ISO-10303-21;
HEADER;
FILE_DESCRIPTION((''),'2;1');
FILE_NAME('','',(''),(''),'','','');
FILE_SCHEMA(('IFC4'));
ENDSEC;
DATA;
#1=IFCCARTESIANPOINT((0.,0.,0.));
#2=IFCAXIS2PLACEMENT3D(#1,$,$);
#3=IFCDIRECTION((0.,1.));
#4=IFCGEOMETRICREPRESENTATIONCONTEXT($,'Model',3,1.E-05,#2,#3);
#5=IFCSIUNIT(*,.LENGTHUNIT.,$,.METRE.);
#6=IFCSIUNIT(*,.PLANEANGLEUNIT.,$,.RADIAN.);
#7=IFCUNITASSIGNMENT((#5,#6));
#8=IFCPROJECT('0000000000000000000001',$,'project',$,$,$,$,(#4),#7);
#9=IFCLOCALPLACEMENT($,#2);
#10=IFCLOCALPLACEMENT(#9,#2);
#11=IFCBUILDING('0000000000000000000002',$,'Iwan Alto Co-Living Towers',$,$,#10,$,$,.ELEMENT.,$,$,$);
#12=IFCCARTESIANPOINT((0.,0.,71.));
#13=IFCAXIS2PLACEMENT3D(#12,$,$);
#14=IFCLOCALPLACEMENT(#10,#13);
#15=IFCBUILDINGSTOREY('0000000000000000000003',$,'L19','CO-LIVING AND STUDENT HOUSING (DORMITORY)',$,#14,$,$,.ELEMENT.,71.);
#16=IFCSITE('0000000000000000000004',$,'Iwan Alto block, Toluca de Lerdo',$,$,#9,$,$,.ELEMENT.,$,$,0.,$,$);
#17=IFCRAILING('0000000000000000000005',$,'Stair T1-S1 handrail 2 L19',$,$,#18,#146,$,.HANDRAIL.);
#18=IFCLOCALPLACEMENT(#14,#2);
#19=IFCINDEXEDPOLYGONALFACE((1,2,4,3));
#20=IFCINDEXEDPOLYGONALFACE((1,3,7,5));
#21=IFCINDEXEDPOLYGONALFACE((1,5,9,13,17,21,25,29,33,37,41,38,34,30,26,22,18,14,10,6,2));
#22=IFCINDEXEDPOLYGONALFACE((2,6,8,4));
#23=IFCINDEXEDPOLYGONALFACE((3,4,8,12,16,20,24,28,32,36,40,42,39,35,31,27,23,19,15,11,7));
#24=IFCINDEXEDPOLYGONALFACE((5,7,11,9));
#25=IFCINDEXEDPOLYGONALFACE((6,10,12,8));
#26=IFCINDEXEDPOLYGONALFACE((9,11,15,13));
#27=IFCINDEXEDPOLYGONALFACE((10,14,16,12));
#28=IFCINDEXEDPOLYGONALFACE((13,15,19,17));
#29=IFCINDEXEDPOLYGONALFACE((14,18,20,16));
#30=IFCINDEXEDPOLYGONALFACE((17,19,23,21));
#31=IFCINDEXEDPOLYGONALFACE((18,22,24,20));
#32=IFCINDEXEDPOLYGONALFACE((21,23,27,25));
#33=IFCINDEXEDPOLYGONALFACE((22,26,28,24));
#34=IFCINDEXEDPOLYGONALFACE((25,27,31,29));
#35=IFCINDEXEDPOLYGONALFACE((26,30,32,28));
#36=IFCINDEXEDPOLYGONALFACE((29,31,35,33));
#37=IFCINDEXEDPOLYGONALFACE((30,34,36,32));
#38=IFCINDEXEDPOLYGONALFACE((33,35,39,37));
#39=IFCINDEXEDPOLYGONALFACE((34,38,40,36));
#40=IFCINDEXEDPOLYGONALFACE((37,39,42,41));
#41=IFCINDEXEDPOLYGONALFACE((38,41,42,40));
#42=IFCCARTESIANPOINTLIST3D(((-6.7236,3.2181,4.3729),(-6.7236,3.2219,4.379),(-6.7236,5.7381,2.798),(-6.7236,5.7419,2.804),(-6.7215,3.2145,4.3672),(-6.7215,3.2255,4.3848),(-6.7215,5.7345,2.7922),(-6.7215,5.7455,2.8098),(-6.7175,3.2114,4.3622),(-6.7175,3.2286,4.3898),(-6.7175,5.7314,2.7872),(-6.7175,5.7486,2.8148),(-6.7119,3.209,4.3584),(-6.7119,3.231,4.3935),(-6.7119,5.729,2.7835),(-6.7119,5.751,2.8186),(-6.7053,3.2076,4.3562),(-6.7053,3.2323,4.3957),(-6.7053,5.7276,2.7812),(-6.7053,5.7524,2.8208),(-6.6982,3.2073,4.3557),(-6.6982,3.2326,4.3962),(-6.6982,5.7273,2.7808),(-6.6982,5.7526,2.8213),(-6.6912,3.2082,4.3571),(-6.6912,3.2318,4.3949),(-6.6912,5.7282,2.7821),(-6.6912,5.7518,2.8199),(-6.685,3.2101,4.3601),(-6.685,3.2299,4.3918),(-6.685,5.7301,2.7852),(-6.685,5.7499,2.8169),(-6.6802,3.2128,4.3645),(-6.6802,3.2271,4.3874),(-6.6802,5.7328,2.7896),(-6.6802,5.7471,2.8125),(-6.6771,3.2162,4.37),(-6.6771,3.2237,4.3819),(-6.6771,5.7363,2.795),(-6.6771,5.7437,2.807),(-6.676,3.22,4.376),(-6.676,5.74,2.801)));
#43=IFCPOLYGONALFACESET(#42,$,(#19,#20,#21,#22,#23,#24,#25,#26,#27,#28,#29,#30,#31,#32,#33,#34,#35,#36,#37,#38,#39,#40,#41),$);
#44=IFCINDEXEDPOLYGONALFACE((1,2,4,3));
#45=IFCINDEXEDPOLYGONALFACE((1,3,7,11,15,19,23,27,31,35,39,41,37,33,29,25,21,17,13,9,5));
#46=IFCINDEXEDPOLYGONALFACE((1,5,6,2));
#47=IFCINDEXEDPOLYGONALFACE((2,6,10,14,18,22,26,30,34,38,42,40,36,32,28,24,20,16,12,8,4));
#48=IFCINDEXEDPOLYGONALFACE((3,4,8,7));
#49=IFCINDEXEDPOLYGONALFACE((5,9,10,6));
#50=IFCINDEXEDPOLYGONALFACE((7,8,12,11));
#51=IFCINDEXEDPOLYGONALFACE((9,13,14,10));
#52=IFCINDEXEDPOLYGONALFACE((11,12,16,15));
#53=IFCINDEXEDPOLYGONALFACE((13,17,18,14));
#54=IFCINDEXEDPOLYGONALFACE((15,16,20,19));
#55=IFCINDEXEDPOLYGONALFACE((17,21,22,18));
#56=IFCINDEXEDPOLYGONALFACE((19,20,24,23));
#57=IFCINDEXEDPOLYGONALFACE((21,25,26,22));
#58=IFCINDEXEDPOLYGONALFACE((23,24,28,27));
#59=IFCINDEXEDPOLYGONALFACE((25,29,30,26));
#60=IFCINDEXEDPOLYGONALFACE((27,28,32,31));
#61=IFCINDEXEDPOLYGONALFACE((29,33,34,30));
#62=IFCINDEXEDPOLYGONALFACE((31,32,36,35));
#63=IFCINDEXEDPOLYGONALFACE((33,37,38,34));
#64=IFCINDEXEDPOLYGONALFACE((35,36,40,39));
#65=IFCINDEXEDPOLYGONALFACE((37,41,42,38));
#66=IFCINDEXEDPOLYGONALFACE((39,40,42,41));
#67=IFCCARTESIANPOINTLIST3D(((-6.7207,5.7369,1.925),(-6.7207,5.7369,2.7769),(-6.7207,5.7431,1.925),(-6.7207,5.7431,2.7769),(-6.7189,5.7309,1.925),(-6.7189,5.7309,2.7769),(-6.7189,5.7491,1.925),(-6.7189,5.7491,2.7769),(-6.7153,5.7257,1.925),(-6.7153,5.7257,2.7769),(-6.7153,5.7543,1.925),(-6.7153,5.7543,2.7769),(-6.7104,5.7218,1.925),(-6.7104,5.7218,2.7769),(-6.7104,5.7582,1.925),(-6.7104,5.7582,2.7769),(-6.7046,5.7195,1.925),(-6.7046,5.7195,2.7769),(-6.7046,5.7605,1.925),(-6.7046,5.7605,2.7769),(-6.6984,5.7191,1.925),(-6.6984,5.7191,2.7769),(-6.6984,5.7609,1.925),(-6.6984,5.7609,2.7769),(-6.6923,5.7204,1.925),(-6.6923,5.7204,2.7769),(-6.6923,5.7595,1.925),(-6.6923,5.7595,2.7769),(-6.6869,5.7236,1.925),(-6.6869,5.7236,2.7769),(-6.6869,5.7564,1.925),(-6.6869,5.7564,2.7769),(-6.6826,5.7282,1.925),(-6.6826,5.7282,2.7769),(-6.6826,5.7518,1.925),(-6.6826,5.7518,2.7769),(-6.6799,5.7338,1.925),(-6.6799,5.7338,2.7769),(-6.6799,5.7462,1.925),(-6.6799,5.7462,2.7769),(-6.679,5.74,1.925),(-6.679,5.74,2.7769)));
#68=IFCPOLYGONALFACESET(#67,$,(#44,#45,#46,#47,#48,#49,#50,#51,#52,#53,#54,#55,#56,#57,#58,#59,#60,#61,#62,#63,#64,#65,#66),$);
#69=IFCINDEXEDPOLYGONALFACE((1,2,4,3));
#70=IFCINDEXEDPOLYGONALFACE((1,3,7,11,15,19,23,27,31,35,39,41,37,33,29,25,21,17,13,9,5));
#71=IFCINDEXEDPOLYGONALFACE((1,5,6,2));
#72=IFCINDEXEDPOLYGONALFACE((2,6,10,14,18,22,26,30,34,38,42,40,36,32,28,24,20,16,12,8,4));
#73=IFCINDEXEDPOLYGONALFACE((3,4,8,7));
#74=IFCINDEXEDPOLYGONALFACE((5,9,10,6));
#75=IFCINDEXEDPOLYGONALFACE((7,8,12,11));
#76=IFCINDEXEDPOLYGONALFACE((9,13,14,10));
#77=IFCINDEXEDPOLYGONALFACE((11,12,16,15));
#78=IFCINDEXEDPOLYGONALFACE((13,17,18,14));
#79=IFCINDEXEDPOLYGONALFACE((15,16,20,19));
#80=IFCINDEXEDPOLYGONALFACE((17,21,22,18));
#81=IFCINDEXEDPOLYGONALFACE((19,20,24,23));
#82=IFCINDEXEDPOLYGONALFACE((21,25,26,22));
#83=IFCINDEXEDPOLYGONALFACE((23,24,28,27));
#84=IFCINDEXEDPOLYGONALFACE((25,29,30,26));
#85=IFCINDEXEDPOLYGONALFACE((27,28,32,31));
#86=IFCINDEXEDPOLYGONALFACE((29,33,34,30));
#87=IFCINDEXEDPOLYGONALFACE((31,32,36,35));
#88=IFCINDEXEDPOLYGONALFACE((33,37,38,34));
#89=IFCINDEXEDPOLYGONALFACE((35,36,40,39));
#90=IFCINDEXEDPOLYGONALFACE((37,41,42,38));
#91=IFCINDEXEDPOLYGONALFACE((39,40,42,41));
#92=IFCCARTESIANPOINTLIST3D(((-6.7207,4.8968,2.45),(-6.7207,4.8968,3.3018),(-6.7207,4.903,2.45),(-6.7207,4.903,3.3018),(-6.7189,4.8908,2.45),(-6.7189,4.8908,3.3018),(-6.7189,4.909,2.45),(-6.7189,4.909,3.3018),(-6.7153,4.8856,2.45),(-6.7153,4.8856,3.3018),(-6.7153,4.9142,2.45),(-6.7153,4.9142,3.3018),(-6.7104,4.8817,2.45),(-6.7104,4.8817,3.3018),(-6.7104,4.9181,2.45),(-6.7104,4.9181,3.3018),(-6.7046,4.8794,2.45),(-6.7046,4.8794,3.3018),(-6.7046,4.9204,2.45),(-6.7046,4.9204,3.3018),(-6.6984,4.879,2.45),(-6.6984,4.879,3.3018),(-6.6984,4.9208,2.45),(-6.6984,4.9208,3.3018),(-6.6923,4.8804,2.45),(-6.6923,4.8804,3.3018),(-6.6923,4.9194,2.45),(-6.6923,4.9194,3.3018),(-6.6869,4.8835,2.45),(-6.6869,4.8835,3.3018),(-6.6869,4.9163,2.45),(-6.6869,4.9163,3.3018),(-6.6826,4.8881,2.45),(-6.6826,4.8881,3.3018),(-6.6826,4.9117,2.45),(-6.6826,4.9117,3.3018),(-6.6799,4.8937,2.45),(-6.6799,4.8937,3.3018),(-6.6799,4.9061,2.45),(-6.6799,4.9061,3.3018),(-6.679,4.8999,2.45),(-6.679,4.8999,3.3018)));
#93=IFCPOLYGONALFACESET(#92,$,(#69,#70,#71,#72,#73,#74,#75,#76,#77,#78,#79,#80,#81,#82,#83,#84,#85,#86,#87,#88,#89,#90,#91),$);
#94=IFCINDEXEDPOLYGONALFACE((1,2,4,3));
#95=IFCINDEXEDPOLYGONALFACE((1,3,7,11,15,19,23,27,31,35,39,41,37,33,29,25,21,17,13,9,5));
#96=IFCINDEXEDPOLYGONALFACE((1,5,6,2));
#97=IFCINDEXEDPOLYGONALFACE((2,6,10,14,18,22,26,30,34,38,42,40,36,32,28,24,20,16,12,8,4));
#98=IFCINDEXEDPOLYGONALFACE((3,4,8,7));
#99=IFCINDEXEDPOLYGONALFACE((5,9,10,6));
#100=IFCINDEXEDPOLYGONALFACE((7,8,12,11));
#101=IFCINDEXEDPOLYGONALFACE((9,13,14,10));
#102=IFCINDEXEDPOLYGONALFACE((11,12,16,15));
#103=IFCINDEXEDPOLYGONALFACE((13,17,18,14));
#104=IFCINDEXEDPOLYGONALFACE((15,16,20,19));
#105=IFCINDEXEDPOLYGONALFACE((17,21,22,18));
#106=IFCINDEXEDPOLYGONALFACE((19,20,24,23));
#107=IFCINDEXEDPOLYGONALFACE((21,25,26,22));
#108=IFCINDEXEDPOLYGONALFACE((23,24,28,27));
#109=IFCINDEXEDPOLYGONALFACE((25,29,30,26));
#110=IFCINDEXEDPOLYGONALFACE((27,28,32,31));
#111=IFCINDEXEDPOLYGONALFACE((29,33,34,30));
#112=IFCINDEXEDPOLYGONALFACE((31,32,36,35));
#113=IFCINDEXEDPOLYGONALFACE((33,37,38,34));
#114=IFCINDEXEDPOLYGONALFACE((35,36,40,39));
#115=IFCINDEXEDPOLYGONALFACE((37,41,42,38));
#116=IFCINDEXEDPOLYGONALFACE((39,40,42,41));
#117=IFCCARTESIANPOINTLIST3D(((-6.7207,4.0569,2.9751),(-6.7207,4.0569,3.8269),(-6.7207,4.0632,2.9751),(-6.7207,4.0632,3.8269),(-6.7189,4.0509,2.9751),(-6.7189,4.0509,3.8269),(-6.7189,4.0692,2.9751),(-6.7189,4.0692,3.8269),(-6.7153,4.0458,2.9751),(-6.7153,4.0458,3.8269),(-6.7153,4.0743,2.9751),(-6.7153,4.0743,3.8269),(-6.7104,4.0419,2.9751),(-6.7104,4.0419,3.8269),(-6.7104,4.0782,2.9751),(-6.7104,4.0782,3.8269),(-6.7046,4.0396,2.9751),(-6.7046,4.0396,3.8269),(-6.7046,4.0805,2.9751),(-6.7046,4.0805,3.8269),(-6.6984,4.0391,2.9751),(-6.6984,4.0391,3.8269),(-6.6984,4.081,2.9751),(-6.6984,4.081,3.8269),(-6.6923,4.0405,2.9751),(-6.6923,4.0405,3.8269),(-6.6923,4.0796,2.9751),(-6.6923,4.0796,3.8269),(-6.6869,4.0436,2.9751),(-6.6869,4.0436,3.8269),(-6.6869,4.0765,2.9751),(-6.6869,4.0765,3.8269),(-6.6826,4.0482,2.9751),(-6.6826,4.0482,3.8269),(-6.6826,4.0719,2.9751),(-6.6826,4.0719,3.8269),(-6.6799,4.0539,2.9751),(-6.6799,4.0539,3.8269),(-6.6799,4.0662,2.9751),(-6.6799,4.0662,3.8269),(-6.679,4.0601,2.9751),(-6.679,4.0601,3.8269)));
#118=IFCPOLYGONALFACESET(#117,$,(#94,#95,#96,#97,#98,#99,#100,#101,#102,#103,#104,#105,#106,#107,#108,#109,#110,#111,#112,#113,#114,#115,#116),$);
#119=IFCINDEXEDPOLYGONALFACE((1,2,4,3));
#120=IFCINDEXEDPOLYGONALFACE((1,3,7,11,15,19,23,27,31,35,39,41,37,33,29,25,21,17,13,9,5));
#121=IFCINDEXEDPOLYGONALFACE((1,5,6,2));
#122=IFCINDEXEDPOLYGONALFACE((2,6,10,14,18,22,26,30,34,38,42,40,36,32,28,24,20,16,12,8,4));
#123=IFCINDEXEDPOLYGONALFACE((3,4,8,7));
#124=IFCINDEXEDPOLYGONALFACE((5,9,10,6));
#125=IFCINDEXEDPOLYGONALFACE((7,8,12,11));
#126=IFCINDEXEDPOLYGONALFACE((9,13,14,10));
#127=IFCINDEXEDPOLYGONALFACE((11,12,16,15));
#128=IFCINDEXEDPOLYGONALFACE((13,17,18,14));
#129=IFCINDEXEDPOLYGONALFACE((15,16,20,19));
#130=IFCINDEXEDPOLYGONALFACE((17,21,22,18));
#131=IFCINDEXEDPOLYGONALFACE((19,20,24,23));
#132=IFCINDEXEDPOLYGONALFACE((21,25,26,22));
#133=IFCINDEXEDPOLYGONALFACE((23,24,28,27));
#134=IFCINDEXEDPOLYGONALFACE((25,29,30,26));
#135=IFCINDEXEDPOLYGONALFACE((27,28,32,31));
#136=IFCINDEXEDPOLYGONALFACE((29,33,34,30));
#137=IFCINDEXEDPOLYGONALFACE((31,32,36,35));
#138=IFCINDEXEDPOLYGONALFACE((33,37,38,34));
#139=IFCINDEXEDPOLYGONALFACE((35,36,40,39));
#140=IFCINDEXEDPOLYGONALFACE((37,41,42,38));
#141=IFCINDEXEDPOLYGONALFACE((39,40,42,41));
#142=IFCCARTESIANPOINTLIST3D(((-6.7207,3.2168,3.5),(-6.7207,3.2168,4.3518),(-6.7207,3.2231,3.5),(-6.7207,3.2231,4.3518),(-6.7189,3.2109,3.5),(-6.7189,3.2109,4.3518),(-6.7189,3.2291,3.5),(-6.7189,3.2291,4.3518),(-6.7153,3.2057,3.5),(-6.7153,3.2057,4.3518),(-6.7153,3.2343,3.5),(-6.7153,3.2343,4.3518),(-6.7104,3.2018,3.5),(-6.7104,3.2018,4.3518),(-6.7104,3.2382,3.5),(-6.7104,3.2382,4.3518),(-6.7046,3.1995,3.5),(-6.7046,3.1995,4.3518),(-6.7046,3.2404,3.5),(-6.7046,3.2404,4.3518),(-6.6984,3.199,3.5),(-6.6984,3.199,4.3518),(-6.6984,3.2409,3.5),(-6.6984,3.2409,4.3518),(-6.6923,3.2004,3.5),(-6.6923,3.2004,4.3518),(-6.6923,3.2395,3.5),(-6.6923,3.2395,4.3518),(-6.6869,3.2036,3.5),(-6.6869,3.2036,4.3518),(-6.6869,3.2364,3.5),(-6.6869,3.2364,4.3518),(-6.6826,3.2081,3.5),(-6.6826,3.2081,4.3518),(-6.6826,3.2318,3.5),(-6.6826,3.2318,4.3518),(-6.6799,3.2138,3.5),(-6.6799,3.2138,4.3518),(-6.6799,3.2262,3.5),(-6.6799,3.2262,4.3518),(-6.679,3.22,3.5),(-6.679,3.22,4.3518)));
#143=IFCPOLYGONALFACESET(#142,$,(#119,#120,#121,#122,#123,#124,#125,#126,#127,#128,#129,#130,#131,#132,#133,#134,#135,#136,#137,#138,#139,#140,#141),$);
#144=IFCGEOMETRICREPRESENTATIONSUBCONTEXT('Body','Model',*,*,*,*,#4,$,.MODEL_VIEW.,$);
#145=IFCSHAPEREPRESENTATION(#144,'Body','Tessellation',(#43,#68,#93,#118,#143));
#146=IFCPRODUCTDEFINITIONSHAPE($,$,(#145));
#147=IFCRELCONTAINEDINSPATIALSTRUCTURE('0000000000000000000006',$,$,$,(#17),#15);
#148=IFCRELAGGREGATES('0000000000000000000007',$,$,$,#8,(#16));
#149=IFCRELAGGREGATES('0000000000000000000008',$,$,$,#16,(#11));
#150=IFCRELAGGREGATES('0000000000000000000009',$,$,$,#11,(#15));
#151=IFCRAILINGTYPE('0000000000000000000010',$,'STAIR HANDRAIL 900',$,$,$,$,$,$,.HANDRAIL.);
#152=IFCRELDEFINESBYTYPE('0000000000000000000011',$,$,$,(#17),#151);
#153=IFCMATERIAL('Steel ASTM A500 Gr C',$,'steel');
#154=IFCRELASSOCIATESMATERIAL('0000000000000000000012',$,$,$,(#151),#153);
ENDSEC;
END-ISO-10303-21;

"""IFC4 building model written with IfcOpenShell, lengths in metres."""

from ifc_helpers import new_model, si_unit, direction, frame, origin, origin_2d, place, context, subcontext, project, spatial, circle, extrude, material, type_object, element, save


model = new_model("IFC4")

# Units and contexts
model_context = context("Model", 3, precision=1e-05, world=origin(), true_north=direction((0.0, 1.0)))
body_context = subcontext(model_context, "Body", "Model", "MODEL_VIEW")
ifc_project = project(units=[si_unit("LENGTHUNIT", "METRE"), si_unit("PLANEANGLEUNIT", "RADIAN")], contexts=[model_context])

# Site, building, storey
site_placement = place(None, origin())
site = spatial("IfcSite", under=ifc_project, at=site_placement, Name="Iwan Alto block, Toluca de Lerdo", CompositionType="ELEMENT", RefElevation=0.0)
building_placement = place(site_placement, origin())
building = spatial("IfcBuilding", under=site, at=building_placement, Name="Iwan Alto Co-Living Towers", CompositionType="ELEMENT")
storey_placement = place(building_placement, frame((0.0, 0.0, 71.0)))
storey = spatial("IfcBuildingStorey", under=building, at=storey_placement, Name="L19", Description="CO-LIVING AND STUDENT HOUSING (DORMITORY)", CompositionType="ELEMENT", Elevation=71.0)

# Railing
ifc_material_1 = material(Name="Steel ASTM A500 Gr C", Category="steel")
railing_type = type_object("IfcRailingType", Name="STAIR HANDRAIL 900", PredefinedType="HANDRAIL", material=ifc_material_1)
railing_1_placement = place(storey_placement, frame((-6.7, 5.74, 1.925)))
element("IfcRailing", 1, at=railing_1_placement, inside=storey, type_object=railing_type, Name="Stair T1-S1 handrail 2 L19", PredefinedType="HANDRAIL", context=body_context, shape_type="SweptSolid", body=[
    extrude(circle(Radius=0.0239, at=origin_2d()), frame((0.0, 0.0, 0.876), z_axis=(0.0, -0.848008, 0.529984), x_axis=(1.0, 0.0, 0.0)), (0.0, 0.0, 1.0), 2.9717),
    extrude(circle(Radius=0.021, at=origin_2d()), origin(), (0.0, 0.0, 1.0), 0.8518),
    extrude(circle(Radius=0.021, at=origin_2d()), frame((0.0, -0.8401, 0.5249)), (0.0, 0.0, 1.0), 0.8518),
    extrude(circle(Radius=0.021, at=origin_2d()), frame((0.0, -1.6799, 1.05)), (0.0, 0.0, 1.0), 0.8518),
    extrude(circle(Radius=0.021, at=origin_2d()), frame((0.0, -2.52, 1.575)), (0.0, 0.0, 1.0), 0.8518),
])

save(model, "model.ifc")
